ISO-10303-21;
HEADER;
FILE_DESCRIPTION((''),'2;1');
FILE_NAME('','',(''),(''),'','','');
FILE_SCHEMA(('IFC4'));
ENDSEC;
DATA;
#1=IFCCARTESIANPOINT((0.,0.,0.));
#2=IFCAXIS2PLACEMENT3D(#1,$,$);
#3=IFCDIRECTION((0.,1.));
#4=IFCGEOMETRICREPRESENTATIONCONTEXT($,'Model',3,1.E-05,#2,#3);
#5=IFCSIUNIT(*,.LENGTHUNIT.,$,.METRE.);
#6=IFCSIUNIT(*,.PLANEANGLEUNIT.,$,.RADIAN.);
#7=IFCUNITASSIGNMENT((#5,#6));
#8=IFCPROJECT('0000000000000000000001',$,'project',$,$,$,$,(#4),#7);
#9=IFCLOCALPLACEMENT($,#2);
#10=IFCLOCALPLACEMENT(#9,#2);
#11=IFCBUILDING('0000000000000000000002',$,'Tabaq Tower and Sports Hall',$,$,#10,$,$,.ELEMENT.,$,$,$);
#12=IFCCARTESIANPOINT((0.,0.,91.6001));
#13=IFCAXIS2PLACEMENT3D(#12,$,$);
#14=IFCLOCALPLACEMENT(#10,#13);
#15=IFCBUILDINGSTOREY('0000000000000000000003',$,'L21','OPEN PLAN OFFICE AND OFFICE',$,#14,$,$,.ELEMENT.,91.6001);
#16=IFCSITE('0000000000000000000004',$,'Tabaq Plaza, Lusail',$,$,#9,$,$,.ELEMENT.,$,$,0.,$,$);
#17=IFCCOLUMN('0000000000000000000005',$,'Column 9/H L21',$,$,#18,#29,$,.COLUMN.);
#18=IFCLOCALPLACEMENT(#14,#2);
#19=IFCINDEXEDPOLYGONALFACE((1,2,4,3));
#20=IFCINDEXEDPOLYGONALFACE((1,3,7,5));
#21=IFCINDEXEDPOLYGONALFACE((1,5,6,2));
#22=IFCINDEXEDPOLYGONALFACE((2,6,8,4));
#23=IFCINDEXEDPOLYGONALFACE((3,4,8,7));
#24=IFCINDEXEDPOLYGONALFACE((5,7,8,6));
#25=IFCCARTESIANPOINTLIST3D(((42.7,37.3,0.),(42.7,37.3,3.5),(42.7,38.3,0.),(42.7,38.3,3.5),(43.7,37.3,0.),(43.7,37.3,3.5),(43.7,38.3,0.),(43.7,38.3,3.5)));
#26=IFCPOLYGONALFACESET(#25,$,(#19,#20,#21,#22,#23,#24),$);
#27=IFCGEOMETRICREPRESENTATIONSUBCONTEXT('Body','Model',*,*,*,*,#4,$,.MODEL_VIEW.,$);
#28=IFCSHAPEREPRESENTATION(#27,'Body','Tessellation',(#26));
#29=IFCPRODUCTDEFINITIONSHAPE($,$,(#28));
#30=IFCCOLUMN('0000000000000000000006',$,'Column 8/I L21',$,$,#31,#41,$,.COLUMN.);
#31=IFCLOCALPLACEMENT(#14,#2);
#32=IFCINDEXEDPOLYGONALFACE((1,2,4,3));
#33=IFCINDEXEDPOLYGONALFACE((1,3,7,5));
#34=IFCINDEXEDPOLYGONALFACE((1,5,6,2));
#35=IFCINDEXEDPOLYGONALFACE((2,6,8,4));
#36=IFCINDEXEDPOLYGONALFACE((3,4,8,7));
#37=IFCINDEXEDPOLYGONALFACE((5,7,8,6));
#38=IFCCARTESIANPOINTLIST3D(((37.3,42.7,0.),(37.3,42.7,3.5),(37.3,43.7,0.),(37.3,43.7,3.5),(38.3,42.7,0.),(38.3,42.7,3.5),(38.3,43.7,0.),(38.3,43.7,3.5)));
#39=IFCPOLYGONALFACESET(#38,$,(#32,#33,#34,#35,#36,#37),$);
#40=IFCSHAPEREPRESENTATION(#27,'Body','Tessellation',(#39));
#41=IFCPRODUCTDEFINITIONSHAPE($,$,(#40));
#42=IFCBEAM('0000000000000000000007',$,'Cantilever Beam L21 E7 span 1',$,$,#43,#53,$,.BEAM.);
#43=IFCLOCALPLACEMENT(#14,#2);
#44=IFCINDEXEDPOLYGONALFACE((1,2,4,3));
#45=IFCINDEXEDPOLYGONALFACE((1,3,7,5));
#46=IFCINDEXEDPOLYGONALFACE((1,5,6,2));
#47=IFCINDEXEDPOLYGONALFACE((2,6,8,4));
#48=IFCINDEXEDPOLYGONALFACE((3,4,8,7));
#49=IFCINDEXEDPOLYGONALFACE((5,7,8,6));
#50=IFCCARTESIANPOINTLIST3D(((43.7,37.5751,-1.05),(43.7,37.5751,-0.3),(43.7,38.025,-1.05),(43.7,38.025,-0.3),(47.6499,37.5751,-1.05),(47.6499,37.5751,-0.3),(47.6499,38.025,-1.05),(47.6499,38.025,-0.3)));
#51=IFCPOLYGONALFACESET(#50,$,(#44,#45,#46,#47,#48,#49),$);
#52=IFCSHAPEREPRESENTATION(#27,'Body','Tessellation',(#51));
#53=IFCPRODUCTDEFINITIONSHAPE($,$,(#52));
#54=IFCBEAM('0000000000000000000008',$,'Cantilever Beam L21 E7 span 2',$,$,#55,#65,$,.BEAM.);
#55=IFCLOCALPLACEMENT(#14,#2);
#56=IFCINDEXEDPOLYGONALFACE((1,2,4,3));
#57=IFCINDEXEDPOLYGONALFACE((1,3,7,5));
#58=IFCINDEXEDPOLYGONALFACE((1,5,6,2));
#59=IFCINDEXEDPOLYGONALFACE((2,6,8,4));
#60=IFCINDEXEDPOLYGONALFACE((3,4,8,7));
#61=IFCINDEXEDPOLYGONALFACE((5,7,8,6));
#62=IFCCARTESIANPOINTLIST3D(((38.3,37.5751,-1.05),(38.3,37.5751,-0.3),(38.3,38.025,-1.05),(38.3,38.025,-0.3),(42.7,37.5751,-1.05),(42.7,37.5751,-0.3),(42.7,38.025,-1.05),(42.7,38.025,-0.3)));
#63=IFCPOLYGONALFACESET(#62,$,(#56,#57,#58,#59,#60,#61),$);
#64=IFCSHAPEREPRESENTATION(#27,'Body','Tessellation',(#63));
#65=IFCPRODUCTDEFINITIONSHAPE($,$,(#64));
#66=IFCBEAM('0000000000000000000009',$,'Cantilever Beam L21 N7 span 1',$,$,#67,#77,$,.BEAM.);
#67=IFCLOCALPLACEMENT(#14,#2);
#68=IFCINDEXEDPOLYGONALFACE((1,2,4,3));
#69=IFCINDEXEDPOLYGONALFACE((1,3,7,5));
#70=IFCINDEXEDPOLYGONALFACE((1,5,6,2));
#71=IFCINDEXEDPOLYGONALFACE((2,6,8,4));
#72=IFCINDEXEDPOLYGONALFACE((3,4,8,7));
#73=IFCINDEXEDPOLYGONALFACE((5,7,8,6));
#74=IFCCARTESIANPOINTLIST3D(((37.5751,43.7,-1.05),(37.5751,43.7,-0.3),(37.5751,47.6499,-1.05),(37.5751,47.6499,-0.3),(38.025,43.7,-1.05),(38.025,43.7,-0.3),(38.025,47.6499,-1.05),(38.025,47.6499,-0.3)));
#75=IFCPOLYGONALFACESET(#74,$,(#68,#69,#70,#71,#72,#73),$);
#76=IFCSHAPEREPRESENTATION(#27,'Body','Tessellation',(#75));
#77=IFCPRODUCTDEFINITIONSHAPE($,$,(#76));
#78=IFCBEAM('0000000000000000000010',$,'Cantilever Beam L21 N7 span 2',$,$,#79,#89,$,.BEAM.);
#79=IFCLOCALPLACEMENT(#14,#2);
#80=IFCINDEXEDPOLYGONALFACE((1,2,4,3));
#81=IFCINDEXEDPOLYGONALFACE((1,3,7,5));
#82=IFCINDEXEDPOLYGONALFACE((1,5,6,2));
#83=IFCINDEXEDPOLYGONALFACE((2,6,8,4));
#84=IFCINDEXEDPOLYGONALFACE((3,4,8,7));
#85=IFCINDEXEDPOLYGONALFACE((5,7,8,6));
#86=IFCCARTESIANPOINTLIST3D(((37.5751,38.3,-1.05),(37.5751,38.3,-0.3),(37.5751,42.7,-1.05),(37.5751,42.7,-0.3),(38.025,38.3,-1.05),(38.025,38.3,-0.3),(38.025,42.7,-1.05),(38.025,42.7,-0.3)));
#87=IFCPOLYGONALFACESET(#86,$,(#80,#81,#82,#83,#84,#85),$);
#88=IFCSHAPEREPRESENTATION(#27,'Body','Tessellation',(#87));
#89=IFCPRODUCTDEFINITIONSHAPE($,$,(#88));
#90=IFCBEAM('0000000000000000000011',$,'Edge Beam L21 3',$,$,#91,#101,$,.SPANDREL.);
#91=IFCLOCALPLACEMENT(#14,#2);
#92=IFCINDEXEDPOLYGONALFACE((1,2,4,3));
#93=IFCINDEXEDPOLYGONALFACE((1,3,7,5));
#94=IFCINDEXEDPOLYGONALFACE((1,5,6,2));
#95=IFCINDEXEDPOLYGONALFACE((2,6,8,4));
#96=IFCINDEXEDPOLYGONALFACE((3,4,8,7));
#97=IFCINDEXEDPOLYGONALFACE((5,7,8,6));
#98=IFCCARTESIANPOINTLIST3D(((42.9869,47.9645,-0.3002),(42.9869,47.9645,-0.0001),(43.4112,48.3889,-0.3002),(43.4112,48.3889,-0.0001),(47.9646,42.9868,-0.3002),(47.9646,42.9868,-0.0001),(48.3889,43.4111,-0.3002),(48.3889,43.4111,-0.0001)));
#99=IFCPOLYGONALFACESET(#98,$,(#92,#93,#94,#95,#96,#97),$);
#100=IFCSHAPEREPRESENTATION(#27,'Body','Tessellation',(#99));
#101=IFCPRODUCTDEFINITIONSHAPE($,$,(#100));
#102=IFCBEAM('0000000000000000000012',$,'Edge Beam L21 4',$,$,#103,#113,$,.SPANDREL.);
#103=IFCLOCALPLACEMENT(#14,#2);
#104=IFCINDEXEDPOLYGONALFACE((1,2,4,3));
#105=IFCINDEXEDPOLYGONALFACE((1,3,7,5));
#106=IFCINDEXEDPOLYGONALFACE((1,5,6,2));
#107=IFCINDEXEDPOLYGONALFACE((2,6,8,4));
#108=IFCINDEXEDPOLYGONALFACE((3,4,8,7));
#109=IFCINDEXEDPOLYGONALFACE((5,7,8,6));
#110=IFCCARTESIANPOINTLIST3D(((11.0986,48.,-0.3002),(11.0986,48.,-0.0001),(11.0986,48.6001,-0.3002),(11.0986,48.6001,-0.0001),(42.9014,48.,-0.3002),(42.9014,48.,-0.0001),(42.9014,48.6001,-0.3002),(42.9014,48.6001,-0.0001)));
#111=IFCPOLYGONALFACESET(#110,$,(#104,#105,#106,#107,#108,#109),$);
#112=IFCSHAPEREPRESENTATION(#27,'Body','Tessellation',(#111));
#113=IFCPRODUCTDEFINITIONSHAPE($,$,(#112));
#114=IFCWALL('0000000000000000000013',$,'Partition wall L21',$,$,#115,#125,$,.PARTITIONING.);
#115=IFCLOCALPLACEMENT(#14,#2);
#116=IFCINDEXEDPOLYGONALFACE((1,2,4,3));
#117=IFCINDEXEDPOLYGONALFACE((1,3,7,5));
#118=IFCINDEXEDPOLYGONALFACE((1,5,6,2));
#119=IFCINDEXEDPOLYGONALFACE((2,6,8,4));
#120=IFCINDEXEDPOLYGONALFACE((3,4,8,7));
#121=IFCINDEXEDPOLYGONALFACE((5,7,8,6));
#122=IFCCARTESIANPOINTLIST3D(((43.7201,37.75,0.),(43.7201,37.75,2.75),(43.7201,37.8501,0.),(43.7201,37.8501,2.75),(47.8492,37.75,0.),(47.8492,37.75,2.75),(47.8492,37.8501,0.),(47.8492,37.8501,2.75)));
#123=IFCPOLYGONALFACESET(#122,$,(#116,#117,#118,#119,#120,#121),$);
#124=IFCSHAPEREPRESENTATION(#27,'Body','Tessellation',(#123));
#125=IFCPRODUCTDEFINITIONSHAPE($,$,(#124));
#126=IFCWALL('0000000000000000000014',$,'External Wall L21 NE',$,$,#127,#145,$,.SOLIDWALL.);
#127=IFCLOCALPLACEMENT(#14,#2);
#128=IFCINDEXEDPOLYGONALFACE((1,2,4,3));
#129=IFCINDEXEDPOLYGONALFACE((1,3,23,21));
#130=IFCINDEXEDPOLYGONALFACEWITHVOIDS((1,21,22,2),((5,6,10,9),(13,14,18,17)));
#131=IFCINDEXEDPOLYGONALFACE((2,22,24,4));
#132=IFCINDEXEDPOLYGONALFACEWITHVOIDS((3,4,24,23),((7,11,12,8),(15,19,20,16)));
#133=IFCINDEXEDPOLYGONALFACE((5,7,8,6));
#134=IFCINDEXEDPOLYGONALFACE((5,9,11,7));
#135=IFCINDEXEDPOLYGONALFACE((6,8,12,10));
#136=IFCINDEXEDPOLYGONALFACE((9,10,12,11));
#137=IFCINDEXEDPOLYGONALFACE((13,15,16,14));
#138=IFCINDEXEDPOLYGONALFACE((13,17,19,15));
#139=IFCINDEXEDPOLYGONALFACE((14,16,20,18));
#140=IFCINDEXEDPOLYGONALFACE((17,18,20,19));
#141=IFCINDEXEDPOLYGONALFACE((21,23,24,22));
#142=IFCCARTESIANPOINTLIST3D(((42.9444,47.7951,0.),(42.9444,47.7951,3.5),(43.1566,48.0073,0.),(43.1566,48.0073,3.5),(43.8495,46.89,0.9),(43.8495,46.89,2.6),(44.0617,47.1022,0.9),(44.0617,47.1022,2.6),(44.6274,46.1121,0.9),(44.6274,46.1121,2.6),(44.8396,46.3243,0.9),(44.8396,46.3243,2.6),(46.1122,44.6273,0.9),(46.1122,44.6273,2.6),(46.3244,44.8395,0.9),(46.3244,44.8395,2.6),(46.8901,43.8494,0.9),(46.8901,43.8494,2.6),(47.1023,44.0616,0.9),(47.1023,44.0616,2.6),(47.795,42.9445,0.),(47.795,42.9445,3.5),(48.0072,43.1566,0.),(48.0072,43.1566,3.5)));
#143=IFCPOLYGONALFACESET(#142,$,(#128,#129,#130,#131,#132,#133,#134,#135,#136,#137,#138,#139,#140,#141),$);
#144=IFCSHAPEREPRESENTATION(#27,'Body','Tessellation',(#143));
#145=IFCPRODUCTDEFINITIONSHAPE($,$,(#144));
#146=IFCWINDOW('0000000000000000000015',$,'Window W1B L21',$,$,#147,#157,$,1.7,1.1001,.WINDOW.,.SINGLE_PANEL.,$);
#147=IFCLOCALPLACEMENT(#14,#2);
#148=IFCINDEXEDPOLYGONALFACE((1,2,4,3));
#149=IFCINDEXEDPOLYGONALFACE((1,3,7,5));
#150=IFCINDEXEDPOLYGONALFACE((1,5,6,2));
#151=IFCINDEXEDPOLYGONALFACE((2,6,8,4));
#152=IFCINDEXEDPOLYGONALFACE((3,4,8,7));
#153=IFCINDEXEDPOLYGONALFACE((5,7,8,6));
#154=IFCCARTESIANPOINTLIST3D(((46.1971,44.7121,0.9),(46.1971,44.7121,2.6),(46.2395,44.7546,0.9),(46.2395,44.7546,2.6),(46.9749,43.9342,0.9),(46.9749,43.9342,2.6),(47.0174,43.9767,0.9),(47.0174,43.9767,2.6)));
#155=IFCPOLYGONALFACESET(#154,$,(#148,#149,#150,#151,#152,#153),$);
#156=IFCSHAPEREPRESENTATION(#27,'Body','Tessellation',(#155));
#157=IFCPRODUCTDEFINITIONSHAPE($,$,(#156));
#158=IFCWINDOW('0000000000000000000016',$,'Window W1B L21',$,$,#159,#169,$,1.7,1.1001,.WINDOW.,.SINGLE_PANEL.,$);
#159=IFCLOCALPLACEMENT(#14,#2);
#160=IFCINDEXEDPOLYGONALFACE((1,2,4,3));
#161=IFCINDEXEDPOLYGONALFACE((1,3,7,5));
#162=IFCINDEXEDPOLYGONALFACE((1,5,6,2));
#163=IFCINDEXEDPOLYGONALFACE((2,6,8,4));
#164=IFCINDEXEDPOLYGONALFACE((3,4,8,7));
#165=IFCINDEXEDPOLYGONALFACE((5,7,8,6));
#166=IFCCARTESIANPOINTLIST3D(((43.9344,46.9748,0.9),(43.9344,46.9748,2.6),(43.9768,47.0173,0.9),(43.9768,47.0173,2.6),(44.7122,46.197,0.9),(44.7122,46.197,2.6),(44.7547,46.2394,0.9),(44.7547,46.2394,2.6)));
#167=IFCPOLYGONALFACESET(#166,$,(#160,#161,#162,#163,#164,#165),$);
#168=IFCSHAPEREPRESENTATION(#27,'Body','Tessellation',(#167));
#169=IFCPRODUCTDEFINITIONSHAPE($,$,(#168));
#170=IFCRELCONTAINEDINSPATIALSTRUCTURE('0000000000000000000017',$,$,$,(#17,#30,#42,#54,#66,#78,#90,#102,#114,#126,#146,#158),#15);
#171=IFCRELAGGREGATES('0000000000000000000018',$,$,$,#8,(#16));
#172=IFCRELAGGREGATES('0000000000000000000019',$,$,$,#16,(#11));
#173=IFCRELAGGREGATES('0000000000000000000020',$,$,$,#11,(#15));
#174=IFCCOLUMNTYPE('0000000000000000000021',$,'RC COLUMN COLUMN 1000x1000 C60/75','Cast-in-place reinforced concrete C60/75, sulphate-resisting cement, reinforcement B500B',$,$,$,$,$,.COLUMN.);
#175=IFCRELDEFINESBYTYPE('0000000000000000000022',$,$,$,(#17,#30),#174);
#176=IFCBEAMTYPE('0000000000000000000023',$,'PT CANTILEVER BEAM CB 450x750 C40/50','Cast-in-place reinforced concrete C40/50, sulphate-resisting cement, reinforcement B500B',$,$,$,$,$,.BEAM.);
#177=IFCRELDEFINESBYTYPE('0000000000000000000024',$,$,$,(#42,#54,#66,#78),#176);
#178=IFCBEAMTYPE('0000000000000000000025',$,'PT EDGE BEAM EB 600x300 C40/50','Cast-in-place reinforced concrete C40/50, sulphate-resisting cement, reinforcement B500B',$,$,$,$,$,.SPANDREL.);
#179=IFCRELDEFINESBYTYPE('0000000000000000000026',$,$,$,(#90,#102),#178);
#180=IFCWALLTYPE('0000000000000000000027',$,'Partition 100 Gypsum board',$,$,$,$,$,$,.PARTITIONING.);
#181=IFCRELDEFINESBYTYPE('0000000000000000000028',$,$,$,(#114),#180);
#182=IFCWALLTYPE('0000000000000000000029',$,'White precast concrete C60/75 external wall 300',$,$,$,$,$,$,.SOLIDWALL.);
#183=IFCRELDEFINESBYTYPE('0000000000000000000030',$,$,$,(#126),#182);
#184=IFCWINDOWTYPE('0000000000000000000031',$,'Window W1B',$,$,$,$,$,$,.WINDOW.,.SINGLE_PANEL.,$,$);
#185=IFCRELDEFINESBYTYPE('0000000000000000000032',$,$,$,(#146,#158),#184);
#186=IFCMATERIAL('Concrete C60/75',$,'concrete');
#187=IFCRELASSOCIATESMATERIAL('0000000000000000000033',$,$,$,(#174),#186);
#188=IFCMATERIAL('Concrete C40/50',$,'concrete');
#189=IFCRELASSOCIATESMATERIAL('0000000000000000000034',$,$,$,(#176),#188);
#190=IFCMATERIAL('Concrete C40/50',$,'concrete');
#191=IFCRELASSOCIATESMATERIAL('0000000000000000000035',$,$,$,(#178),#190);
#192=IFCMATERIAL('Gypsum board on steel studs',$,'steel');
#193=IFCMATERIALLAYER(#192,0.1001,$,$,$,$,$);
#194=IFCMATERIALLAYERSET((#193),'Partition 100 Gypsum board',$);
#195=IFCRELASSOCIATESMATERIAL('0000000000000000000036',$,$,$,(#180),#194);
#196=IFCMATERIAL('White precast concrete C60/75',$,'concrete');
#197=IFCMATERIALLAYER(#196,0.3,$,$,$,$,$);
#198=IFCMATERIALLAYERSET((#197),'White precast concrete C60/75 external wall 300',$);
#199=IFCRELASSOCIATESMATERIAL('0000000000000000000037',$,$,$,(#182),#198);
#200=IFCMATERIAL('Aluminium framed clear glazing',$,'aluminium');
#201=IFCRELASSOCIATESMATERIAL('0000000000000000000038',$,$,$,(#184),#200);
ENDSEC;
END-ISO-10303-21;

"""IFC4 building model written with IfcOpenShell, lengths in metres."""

from ifc_helpers import new_model, si_unit, direction, frame, frame_2d, origin, origin_2d, place, context, subcontext, project, spatial, rectangle, extrude, material, layer, layer_set, material_profile, profile_set, type_object, element, fill, save


model = new_model("IFC4")

# Units and contexts
model_context = context("Model", 3, precision=1e-05, world=origin(), true_north=direction((0.0, 1.0)))
body_context = subcontext(model_context, "Body", "Model", "MODEL_VIEW")
ifc_project = project(units=[si_unit("LENGTHUNIT", "METRE"), si_unit("PLANEANGLEUNIT", "RADIAN")], contexts=[model_context])

# Site, building, storey
site_placement = place(None, origin())
site = spatial("IfcSite", under=ifc_project, at=site_placement, Name="Tabaq Plaza, Lusail", CompositionType="ELEMENT", RefElevation=0.0)
building_placement = place(site_placement, origin())
building = spatial("IfcBuilding", under=site, at=building_placement, Name="Tabaq Tower and Sports Hall", CompositionType="ELEMENT")
storey_placement = place(building_placement, frame((0.0, 0.0, 91.6001)))
storey = spatial("IfcBuildingStorey", under=building, at=storey_placement, Name="L21", Description="OPEN PLAN OFFICE AND OFFICE", CompositionType="ELEMENT", Elevation=91.6001)

# Columns
ifc_material_1 = material(Name="Concrete C60/75", Category="concrete")
ifc_material_profile_1 = material_profile(ifc_material_1, rectangle(XDim=1.0, YDim=1.0, at=origin_2d()), Name="COLUMN 1000x1000")
ifc_profile_set_1 = profile_set([ifc_material_profile_1], Name="Concrete C60/75")
column_type = type_object("IfcColumnType", Name="RC COLUMN COLUMN 1000x1000 C60/75", Description="Cast-in-place reinforced concrete C60/75, sulphate-resisting cement, reinforcement B500B", PredefinedType="COLUMN", material=ifc_profile_set_1)
for number, where, z_axis, x_axis, name in (
    (1, (43.2, 37.8, 0.0), (0.0, 0.0, 1.0), (1.0, 0.0, 0.0), "Column 9/H L21"),
    (2, (37.8, 43.2, 0.0), (0.0, 0.0, 1.0), (1.0, 0.0, 0.0), "Column 8/I L21"),
):
    element("IfcColumn", number, at=place(storey_placement, frame(where, z_axis=z_axis, x_axis=x_axis)), inside=storey, type_object=column_type, Name=name, PredefinedType="COLUMN", context=body_context, shape_type="SweptSolid", body=[
        extrude(rectangle(XDim=1.0, YDim=1.0, at=origin_2d()), origin(), (0.0, 0.0, 1.0), 3.5),
    ])

# Beams
ifc_material_2 = material(Name="Concrete C40/50", Category="concrete")
ifc_material_profile_2 = material_profile(ifc_material_2, rectangle(XDim=0.45, YDim=0.75, at=origin_2d()), Name="CB 450x750")
ifc_profile_set_2 = profile_set([ifc_material_profile_2], Name="Concrete C40/50")
beam_type_1 = type_object("IfcBeamType", Name="PT CANTILEVER BEAM CB 450x750 C40/50", Description="Cast-in-place reinforced concrete C40/50, sulphate-resisting cement, reinforcement B500B", PredefinedType="BEAM", material=ifc_profile_set_2)
beam_1_placement = place(storey_placement, frame((47.6499, 37.8, -0.675), z_axis=(-1.0, 0.0, 0.0), x_axis=(0.0, -1.0, 0.0)))
element("IfcBeam", 3, at=beam_1_placement, inside=storey, type_object=beam_type_1, Name="Cantilever Beam L21 E7 span 1", PredefinedType="BEAM", context=body_context, shape_type="SweptSolid", body=[
    extrude(rectangle(XDim=0.45, YDim=0.75, at=origin_2d()), origin(), (0.0, 0.0, 1.0), 3.95),
])
beam_2_placement = place(storey_placement, frame((42.7, 37.8, -0.675), z_axis=(-1.0, 0.0, 0.0), x_axis=(0.0, -1.0, 0.0)))
element("IfcBeam", 4, at=beam_2_placement, inside=storey, type_object=beam_type_1, Name="Cantilever Beam L21 E7 span 2", PredefinedType="BEAM", context=body_context, shape_type="SweptSolid", body=[
    extrude(rectangle(XDim=0.45, YDim=0.75, at=origin_2d()), origin(), (0.0, 0.0, 1.0), 4.3999),
])
beam_3_placement = place(storey_placement, frame((37.8, 47.6499, -0.675), z_axis=(0.0, -1.0, 0.0), x_axis=(1.0, 0.0, 0.0)))
element("IfcBeam", 5, at=beam_3_placement, inside=storey, type_object=beam_type_1, Name="Cantilever Beam L21 N7 span 1", PredefinedType="BEAM", context=body_context, shape_type="SweptSolid", body=[
    extrude(rectangle(XDim=0.45, YDim=0.75, at=origin_2d()), origin(), (0.0, 0.0, 1.0), 3.95),
])
beam_4_placement = place(storey_placement, frame((37.8, 42.7, -0.675), z_axis=(0.0, -1.0, 0.0), x_axis=(1.0, 0.0, 0.0)))
element("IfcBeam", 6, at=beam_4_placement, inside=storey, type_object=beam_type_1, Name="Cantilever Beam L21 N7 span 2", PredefinedType="BEAM", context=body_context, shape_type="SweptSolid", body=[
    extrude(rectangle(XDim=0.45, YDim=0.75, at=origin_2d()), origin(), (0.0, 0.0, 1.0), 4.3999),
])
ifc_material_3 = material(Name="Concrete C40/50", Category="concrete")
ifc_material_profile_3 = material_profile(ifc_material_3, rectangle(XDim=0.6001, YDim=0.3, at=origin_2d()), Name="EB 600x300")
ifc_profile_set_3 = profile_set([ifc_material_profile_3], Name="Concrete C40/50")
beam_type_2 = type_object("IfcBeamType", Name="PT EDGE BEAM EB 600x300 C40/50", Description="Cast-in-place reinforced concrete C40/50, sulphate-resisting cement, reinforcement B500B", PredefinedType="SPANDREL", material=ifc_profile_set_3)
beam_5_placement = place(storey_placement, frame((48.1768, 43.199, -0.1501), z_axis=(-0.707107, 0.707107, 0.0), x_axis=(-0.707107, -0.707107, 0.0)))
element("IfcBeam", 7, at=beam_5_placement, inside=storey, type_object=beam_type_2, Name="Edge Beam L21 3", PredefinedType="SPANDREL", context=body_context, shape_type="SweptSolid", body=[
    extrude(rectangle(XDim=0.6001, YDim=0.3, at=origin_2d()), origin(), (0.0, 0.0, 1.0), 7.0396),
])
beam_6_placement = place(storey_placement, frame((42.9014, 48.3, -0.1501), z_axis=(-1.0, 0.0, 0.0), x_axis=(0.0, -1.0, 0.0)))
element("IfcBeam", 8, at=beam_6_placement, inside=storey, type_object=beam_type_2, Name="Edge Beam L21 4", PredefinedType="SPANDREL", context=body_context, shape_type="SweptSolid", body=[
    extrude(rectangle(XDim=0.6001, YDim=0.3, at=origin_2d()), origin(), (0.0, 0.0, 1.0), 31.8027),
])

# Wall
ifc_material_4 = material(Name="Gypsum board on steel studs", Category="steel")
ifc_layer_1 = layer(ifc_material_4, 0.1001)
ifc_layer_set_1 = layer_set([ifc_layer_1], Name="Partition 100 Gypsum board")
wall_type_1 = type_object("IfcWallType", Name="Partition 100 Gypsum board", PredefinedType="PARTITIONING", material=ifc_layer_set_1)
wall_1_placement = place(storey_placement, frame((47.8491, 37.8, 0.0), z_axis=(0.0, 0.0, 1.0), x_axis=(-1.0, 0.0, 0.0)))
element("IfcWall", 9, at=wall_1_placement, inside=storey, type_object=wall_type_1, Name="Partition wall L21", PredefinedType="PARTITIONING", context=body_context, shape_type="SweptSolid", body=[
    extrude(rectangle(XDim=4.1292, YDim=0.1001, at=frame_2d((2.0645, 0.0))), origin(), (0.0, 0.0, 1.0), 2.75),
])

# Wall, openings, windows
ifc_material_5 = material(Name="White precast concrete C60/75", Category="concrete")
ifc_layer_2 = layer(ifc_material_5, 0.3)
ifc_layer_set_2 = layer_set([ifc_layer_2], Name="White precast concrete C60/75 external wall 300")
wall_type_2 = type_object("IfcWallType", Name="White precast concrete C60/75 external wall 300", PredefinedType="SOLIDWALL", material=ifc_layer_set_2)
wall_2_placement = place(storey_placement, frame((47.9011, 43.0505, 0.0), z_axis=(0.0, 0.0, 1.0), x_axis=(-0.707107, 0.707107, 0.0)))
wall_2 = element("IfcWall", 10, at=wall_2_placement, inside=storey, type_object=wall_type_2, Name="External Wall L21 NE", PredefinedType="SOLIDWALL", context=body_context, shape_type="SweptSolid", body=[
    extrude(rectangle(XDim=6.8599, YDim=0.3, at=frame_2d((3.4299, 0.0))), origin(), (0.0, 0.0, 1.0), 3.5),
])
opening_1_placement = place(wall_2_placement, frame((1.2798, 0.0, 0.8999)))
opening_1 = element("IfcOpeningElement", 11, at=opening_1_placement, cuts=wall_2, PredefinedType="OPENING", context=body_context, shape_type="SweptSolid", body=[
    extrude(rectangle(XDim=1.1001, YDim=1.7, at=frame_2d((0.55, 0.8501))), frame((0.0, 0.1602, 0.0), z_axis=(0.0, -1.0, 0.0), x_axis=(1.0, 0.0, 0.0)), (0.0, 0.0, 1.0), 0.3201),
])
opening_2_placement = place(wall_2_placement, frame((4.4797, 0.0, 0.8999)))
opening_2 = element("IfcOpeningElement", 12, at=opening_2_placement, cuts=wall_2, PredefinedType="OPENING", context=body_context, shape_type="SweptSolid", body=[
    extrude(rectangle(XDim=1.1001, YDim=1.7, at=frame_2d((0.55, 0.8501))), frame((0.0, 0.1602, 0.0), z_axis=(0.0, -1.0, 0.0), x_axis=(1.0, 0.0, 0.0)), (0.0, 0.0, 1.0), 0.3201),
])
ifc_material_6 = material(Name="Aluminium framed clear glazing", Category="aluminium")
window_type_1 = type_object("IfcWindowType", Name="Window W1B", PartitioningType="SINGLE_PANEL", PredefinedType="WINDOW", material=ifc_material_6)
window_1_placement = place(opening_1_placement, origin())
window_1 = element("IfcWindow", 13, at=window_1_placement, inside=storey, type_object=window_type_1, Name="Window W1B L21", OverallHeight=1.7, OverallWidth=1.1001, PartitioningType="SINGLE_PANEL", PredefinedType="WINDOW", context=body_context, shape_type="SweptSolid", body=[
    extrude(rectangle(XDim=1.1001, YDim=1.7, at=frame_2d((0.55, 0.8501))), frame((0.0, 0.03, 0.0), z_axis=(0.0, -1.0, 0.0), x_axis=(1.0, 0.0, 0.0)), (0.0, 0.0, 1.0), 0.0601),
])
fill(opening_1, window_1)
window_2_placement = place(opening_2_placement, origin())
window_2 = element("IfcWindow", 14, at=window_2_placement, inside=storey, type_object=window_type_1, Name="Window W1B L21", OverallHeight=1.7, OverallWidth=1.1001, PartitioningType="SINGLE_PANEL", PredefinedType="WINDOW", context=body_context, shape_type="SweptSolid", body=[
    extrude(rectangle(XDim=1.1001, YDim=1.7, at=frame_2d((0.55, 0.8501))), frame((0.0, 0.03, 0.0), z_axis=(0.0, -1.0, 0.0), x_axis=(1.0, 0.0, 0.0)), (0.0, 0.0, 1.0), 0.0601),
])
fill(opening_2, window_2)

save(model, "model.ifc")
